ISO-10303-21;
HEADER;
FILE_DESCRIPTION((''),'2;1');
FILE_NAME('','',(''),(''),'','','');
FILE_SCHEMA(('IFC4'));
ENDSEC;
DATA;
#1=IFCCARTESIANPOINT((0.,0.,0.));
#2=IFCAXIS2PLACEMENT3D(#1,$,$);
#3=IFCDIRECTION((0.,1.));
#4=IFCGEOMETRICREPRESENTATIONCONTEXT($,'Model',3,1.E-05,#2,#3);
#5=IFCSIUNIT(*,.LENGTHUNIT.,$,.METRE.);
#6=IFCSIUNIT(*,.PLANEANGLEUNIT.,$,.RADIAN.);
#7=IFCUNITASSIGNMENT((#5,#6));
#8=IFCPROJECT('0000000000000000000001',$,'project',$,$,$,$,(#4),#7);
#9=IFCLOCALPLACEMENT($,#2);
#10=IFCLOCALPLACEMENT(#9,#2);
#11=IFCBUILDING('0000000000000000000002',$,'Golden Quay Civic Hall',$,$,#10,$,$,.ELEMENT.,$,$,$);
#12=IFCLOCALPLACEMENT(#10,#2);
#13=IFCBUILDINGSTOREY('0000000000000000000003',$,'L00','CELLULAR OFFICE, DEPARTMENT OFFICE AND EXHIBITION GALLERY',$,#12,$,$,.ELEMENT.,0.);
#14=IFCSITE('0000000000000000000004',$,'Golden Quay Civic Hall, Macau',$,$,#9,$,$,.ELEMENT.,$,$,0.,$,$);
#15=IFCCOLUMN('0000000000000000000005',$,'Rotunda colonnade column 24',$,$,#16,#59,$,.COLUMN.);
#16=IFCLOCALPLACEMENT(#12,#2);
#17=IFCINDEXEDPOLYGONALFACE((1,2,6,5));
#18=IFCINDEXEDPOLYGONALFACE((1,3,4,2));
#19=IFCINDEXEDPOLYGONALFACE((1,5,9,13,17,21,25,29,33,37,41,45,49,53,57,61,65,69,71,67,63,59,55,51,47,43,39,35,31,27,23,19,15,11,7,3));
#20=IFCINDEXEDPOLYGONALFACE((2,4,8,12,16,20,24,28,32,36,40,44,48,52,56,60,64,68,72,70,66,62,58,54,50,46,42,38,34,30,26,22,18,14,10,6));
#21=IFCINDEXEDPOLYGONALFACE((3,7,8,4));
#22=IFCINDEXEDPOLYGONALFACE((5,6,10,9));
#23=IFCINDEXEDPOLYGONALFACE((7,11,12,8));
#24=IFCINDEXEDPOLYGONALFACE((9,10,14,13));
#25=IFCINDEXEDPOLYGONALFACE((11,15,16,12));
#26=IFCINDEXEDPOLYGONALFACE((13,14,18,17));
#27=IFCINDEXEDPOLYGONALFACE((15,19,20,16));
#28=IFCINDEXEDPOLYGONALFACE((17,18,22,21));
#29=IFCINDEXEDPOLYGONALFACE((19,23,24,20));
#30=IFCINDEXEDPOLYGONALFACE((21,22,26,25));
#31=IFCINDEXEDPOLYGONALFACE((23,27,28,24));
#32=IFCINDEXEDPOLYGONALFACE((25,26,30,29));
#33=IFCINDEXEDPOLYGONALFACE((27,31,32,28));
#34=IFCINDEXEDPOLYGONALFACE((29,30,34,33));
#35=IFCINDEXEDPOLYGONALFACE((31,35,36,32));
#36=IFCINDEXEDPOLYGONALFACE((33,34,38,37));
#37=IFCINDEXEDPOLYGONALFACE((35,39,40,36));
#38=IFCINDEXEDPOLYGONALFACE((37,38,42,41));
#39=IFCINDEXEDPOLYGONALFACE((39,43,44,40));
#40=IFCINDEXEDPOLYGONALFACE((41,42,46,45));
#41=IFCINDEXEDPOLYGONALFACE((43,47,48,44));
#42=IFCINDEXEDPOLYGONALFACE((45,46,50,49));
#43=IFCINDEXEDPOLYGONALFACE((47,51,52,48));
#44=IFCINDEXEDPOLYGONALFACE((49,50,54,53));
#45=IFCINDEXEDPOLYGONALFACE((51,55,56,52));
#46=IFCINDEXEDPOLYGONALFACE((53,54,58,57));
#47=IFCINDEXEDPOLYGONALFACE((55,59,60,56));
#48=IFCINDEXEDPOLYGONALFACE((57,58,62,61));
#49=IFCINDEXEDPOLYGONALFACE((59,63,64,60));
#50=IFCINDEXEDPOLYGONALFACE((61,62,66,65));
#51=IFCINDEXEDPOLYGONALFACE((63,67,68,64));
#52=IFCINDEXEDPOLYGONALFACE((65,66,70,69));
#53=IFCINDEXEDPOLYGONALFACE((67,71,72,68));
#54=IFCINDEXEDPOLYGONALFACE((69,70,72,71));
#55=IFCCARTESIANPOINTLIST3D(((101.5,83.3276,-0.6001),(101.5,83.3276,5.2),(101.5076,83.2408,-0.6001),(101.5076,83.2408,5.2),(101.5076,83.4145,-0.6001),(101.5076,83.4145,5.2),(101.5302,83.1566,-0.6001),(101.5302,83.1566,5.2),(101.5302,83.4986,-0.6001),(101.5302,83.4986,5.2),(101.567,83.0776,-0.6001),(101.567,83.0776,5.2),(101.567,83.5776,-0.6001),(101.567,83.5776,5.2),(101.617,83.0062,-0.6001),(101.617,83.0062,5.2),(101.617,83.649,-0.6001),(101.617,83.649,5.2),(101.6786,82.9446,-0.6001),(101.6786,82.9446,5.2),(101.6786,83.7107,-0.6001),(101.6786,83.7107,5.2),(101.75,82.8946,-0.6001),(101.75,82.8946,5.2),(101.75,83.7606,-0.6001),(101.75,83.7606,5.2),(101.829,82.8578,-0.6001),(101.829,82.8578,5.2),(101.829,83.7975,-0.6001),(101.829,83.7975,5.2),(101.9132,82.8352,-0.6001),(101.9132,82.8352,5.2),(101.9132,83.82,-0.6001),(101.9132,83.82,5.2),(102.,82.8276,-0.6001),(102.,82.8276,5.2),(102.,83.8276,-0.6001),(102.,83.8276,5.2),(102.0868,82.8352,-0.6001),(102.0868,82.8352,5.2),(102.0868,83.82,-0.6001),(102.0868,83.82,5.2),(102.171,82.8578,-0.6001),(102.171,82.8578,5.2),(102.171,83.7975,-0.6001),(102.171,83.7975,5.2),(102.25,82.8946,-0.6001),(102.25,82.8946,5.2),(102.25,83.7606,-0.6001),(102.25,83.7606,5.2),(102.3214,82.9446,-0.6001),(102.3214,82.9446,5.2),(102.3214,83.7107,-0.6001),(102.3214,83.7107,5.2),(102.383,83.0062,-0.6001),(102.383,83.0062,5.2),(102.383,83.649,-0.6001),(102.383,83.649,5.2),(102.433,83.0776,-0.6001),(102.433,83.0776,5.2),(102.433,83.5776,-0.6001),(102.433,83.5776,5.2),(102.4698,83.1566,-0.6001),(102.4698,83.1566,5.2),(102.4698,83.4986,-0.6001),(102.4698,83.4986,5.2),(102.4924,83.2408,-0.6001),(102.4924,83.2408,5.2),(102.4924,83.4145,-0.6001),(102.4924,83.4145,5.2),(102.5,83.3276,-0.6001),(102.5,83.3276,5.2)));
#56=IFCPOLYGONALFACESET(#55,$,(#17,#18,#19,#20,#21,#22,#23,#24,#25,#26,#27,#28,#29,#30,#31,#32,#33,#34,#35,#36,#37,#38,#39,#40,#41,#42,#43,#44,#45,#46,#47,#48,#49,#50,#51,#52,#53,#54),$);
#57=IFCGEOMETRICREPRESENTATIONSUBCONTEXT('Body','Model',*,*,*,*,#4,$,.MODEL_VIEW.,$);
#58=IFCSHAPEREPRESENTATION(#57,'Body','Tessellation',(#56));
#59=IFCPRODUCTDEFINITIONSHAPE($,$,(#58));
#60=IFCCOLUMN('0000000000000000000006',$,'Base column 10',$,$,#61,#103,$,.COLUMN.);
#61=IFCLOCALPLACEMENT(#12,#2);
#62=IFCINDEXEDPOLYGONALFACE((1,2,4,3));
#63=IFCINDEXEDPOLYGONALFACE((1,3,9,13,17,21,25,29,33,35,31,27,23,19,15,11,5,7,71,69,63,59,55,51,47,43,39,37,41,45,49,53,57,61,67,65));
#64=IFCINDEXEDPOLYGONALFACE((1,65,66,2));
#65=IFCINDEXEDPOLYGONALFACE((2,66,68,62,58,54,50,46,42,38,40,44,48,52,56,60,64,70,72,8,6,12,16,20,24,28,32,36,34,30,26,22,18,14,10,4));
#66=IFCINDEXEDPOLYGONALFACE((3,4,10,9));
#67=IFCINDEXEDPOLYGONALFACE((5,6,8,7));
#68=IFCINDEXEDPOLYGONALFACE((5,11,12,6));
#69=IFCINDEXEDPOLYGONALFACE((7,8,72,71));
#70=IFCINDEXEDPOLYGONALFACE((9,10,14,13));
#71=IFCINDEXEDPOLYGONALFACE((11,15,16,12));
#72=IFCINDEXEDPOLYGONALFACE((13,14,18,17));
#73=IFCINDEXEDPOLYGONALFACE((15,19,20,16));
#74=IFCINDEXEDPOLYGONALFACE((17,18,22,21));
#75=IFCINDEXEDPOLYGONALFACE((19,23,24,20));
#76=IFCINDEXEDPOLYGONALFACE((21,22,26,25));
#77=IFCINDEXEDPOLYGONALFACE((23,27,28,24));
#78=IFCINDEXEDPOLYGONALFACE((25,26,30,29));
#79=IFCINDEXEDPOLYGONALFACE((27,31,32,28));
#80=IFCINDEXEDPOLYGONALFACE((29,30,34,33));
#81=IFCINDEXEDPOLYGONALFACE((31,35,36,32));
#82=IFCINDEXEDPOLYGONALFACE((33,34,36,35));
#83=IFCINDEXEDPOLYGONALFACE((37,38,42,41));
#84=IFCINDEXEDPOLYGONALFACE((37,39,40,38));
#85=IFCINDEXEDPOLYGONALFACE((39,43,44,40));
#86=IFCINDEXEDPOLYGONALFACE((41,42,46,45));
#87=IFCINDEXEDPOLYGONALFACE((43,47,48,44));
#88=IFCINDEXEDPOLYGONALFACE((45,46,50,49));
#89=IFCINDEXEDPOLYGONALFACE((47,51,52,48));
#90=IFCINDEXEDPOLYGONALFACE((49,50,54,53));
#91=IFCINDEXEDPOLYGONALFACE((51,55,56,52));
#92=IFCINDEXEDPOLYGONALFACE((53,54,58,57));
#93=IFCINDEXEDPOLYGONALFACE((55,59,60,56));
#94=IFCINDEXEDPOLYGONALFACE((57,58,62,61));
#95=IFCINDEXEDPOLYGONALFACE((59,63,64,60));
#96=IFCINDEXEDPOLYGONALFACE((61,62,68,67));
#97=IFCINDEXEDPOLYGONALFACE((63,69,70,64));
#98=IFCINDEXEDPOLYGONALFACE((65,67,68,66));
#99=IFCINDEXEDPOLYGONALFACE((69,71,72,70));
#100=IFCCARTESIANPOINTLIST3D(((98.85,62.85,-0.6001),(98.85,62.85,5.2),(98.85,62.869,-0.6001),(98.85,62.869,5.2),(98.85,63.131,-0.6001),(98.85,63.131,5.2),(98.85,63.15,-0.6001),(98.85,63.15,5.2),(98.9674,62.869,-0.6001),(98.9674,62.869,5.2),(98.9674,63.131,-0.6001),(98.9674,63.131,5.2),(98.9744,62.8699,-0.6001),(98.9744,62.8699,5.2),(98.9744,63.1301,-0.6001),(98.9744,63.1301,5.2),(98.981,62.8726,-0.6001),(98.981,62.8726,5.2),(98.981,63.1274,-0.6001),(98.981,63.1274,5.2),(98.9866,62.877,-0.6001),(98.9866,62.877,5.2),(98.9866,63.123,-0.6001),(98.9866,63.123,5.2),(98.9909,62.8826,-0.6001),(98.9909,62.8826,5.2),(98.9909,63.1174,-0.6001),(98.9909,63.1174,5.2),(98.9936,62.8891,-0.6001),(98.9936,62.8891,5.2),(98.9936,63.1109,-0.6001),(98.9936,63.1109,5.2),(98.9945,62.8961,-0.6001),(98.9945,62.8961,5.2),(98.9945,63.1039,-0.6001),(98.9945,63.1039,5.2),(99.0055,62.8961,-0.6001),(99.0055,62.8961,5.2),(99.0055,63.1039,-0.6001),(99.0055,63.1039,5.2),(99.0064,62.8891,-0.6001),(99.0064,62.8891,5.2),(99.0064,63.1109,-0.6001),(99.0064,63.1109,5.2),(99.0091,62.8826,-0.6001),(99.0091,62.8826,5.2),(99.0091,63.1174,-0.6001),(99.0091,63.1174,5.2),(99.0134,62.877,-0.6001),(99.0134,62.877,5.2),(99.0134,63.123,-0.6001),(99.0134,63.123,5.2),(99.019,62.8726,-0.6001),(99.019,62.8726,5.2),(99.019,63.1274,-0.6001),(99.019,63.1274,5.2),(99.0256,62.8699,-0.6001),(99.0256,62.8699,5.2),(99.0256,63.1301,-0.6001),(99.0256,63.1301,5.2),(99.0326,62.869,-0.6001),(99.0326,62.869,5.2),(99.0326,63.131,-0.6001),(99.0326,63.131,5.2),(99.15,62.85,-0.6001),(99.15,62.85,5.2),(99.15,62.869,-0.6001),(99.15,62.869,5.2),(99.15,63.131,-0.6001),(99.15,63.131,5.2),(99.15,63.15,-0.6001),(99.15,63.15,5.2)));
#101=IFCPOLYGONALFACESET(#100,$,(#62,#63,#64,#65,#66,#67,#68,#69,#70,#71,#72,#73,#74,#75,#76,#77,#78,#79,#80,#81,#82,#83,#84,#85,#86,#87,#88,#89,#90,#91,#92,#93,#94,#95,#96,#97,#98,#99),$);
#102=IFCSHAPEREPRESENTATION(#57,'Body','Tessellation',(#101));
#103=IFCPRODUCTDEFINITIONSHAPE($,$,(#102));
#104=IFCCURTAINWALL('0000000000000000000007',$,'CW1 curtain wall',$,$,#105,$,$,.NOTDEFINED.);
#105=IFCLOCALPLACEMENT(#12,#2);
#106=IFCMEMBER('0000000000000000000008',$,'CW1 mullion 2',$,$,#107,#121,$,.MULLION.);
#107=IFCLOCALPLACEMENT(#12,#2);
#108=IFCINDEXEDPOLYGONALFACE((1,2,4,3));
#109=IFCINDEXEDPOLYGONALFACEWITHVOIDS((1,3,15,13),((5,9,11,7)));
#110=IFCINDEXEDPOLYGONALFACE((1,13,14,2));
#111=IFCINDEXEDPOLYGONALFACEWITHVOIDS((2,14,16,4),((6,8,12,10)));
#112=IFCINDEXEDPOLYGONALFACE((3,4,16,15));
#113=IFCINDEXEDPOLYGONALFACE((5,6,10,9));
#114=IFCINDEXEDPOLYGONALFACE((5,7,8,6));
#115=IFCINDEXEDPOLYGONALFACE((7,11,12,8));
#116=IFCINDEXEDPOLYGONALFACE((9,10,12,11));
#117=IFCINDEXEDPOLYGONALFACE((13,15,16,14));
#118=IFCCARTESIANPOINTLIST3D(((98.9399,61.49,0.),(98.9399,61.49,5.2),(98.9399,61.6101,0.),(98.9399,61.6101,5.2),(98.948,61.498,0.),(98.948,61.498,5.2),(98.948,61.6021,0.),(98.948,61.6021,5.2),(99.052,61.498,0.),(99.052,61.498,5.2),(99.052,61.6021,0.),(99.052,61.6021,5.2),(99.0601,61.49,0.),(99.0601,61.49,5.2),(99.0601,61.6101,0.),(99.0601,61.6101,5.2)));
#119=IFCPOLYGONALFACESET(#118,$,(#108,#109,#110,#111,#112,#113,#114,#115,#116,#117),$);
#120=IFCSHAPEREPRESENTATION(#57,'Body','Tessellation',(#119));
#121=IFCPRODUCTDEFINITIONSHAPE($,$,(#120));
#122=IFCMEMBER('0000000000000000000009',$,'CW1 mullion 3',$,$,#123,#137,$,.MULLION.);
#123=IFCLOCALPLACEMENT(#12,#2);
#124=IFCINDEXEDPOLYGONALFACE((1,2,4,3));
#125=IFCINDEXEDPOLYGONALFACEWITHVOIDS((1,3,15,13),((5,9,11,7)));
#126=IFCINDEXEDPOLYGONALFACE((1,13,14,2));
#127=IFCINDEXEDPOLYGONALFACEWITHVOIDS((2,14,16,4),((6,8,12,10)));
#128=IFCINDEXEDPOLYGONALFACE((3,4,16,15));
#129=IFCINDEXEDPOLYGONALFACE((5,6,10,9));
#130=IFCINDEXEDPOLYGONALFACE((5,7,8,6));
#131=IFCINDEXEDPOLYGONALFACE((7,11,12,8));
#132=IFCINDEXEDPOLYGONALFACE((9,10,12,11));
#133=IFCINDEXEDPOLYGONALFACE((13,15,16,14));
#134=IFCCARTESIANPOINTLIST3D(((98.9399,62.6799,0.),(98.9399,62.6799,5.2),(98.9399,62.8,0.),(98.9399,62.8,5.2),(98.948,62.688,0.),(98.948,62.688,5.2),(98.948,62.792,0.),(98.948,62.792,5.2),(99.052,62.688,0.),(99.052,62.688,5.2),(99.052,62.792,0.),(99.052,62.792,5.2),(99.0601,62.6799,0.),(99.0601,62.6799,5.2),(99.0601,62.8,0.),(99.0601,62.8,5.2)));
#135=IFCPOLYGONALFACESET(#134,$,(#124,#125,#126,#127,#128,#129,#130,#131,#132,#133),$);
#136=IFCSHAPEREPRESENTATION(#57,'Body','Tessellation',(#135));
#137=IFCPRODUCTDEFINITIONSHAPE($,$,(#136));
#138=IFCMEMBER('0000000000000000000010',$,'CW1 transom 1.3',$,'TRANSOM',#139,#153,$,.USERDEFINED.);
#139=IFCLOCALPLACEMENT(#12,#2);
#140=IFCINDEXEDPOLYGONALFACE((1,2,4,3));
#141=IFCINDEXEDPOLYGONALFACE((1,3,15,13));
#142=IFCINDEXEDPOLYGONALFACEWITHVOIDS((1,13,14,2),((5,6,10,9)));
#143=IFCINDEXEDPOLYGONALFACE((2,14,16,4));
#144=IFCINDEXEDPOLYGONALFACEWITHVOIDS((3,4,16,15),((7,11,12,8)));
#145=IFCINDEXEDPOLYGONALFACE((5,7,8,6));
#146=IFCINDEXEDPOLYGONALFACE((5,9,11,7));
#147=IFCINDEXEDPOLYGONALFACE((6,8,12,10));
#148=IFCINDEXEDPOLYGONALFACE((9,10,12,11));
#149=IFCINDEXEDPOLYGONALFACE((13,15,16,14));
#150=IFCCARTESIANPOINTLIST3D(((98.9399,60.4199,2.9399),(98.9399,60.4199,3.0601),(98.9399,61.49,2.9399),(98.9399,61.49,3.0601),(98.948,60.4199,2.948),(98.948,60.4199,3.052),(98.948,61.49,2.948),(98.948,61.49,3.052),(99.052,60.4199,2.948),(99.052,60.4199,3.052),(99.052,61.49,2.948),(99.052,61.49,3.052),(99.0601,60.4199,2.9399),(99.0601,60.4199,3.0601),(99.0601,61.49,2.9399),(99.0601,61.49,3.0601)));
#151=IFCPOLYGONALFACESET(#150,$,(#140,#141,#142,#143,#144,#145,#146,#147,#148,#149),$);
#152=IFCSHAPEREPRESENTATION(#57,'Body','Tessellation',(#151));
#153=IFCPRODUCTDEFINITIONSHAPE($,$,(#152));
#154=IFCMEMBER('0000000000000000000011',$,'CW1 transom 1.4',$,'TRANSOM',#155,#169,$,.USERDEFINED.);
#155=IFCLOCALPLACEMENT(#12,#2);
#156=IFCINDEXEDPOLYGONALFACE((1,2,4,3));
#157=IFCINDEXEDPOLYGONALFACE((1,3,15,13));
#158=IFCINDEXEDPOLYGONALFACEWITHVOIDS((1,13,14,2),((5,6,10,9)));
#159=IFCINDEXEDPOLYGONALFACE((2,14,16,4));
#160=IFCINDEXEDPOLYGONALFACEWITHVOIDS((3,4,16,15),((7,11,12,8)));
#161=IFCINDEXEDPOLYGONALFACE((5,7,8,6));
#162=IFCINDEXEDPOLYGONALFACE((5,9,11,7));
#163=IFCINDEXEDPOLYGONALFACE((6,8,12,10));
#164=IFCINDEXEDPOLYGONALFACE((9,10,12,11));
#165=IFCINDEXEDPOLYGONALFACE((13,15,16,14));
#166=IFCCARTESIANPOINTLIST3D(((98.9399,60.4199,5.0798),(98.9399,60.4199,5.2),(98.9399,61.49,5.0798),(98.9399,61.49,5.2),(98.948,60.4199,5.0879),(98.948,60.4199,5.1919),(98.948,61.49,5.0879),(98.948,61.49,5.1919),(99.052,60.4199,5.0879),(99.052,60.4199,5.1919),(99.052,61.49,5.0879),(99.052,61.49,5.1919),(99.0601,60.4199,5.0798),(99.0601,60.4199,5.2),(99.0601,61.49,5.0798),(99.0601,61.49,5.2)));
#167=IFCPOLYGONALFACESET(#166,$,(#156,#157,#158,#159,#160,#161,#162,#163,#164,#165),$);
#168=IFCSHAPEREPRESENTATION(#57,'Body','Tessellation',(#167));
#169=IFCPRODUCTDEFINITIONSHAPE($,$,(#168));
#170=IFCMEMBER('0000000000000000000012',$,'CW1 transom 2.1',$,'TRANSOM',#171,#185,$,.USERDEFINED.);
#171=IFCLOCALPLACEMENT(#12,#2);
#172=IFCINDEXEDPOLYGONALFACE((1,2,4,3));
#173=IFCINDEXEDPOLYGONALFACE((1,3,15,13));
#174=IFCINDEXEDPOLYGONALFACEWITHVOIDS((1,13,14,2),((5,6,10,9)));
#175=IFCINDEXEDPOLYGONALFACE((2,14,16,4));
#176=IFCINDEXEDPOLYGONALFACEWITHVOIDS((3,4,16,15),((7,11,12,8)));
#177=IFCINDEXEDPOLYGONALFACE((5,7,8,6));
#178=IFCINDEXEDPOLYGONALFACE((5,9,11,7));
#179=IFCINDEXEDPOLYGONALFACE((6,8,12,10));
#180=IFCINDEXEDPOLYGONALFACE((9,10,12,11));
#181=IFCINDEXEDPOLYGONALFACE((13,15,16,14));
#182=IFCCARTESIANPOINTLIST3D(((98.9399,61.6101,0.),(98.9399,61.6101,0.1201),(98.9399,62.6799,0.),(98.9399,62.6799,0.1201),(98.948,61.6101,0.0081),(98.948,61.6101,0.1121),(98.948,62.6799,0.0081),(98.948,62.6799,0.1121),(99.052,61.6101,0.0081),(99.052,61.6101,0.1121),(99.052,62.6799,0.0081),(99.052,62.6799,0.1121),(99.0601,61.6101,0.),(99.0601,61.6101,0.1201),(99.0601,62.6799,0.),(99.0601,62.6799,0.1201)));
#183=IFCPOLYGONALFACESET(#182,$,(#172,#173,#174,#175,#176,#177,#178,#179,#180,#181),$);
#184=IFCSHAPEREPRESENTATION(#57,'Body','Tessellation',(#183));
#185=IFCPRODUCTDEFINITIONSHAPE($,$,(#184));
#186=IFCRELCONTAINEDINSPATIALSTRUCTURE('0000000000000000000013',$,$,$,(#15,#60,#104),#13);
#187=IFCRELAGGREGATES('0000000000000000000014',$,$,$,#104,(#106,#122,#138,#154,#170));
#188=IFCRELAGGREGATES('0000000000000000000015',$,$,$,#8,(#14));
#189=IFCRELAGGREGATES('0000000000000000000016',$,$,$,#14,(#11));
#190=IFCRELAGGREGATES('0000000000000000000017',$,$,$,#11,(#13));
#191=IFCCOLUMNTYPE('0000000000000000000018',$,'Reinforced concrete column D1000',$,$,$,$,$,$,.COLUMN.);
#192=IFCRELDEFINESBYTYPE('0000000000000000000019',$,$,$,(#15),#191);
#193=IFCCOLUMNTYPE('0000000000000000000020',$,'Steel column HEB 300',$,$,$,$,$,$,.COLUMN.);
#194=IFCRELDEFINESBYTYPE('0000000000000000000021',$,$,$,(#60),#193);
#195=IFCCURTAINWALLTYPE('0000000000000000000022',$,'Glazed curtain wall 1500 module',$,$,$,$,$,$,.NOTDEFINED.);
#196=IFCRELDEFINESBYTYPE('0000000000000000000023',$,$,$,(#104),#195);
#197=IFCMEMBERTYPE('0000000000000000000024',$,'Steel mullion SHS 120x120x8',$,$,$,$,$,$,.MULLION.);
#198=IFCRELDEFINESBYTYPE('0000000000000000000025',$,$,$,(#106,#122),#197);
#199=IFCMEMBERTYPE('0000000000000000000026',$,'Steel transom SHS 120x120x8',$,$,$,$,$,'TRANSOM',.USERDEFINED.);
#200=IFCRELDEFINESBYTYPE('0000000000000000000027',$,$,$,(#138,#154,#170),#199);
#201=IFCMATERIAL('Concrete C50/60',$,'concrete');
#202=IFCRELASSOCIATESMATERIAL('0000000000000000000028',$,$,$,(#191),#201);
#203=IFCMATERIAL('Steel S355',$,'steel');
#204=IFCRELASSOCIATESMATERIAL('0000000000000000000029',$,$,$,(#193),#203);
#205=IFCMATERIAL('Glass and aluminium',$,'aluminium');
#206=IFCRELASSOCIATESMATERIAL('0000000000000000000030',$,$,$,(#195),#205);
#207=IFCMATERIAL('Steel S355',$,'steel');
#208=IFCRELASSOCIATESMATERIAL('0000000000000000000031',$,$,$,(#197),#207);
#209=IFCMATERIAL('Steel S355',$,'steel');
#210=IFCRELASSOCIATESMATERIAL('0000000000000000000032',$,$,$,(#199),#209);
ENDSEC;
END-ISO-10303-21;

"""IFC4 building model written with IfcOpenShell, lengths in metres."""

from ifc_helpers import new_model, si_unit, direction, frame, origin, origin_2d, place, context, subcontext, project, spatial, hollow_rectangle, circle, i_section, extrude, material, material_profile, profile_set, type_object, element, aggregate, save


model = new_model("IFC4")

# Units and contexts
model_context = context("Model", 3, precision=1e-05, world=origin(), true_north=direction((0.0, 1.0)))
body_context = subcontext(model_context, "Body", "Model", "MODEL_VIEW")
ifc_project = project(units=[si_unit("LENGTHUNIT", "METRE"), si_unit("PLANEANGLEUNIT", "RADIAN")], contexts=[model_context])

# Site, building, storey
site_placement = place(None, origin())
site = spatial("IfcSite", under=ifc_project, at=site_placement, Name="Golden Quay Civic Hall, Macau", CompositionType="ELEMENT", RefElevation=0.0)
building_placement = place(site_placement, origin())
building = spatial("IfcBuilding", under=site, at=building_placement, Name="Golden Quay Civic Hall", CompositionType="ELEMENT")
storey_placement = place(building_placement, origin())
storey = spatial("IfcBuildingStorey", under=building, at=storey_placement, Name="L00", Description="CELLULAR OFFICE, DEPARTMENT OFFICE AND EXHIBITION GALLERY", CompositionType="ELEMENT", Elevation=0.0)

# Columns
ifc_material_1 = material(Name="Concrete C50/60", Category="concrete")
ifc_material_profile_1 = material_profile(ifc_material_1, circle(Radius=0.5, at=origin_2d()), Name="RC D1000")
ifc_profile_set_1 = profile_set([ifc_material_profile_1], Name="Concrete C50/60")
column_type_1 = type_object("IfcColumnType", Name="Reinforced concrete column D1000", PredefinedType="COLUMN", material=ifc_profile_set_1)
for number, where, z_axis, x_axis, name in (
    (1, (102.0, 83.3276, -0.6001), (0.0, 0.0, 1.0), (1.0, 0.0, 0.0), "Rotunda colonnade column 24"),
):
    element("IfcColumn", number, at=place(storey_placement, frame(where, z_axis=z_axis, x_axis=x_axis)), inside=storey, type_object=column_type_1, Name=name, PredefinedType="COLUMN", context=body_context, shape_type="SweptSolid", body=[
        extrude(circle(Radius=0.5, at=origin_2d()), origin(), (0.0, 0.0, 1.0), 5.8),
    ])
ifc_material_2 = material(Name="Steel S355", Category="steel")
ifc_material_profile_2 = material_profile(ifc_material_2, i_section(OverallWidth=0.3, OverallDepth=0.3, WebThickness=0.011, FlangeThickness=0.019, FilletRadius=0.0271, at=origin_2d()), Name="HEB 300")
ifc_profile_set_2 = profile_set([ifc_material_profile_2], Name="Steel S355")
column_type_2 = type_object("IfcColumnType", Name="Steel column HEB 300", PredefinedType="COLUMN", material=ifc_profile_set_2)
column_placement = place(storey_placement, frame((99.0, 63.0, -0.6001), z_axis=(0.0, 0.0, 1.0), x_axis=(1.0, 0.0, 0.0)))
element("IfcColumn", 2, at=column_placement, inside=storey, type_object=column_type_2, Name="Base column 10", PredefinedType="COLUMN", context=body_context, shape_type="SweptSolid", body=[
    extrude(i_section(OverallWidth=0.3, OverallDepth=0.3, WebThickness=0.011, FlangeThickness=0.019, FilletRadius=0.0271, at=origin_2d()), origin(), (0.0, 0.0, 1.0), 5.8),
])

# Curtain wall, members
ifc_material_3 = material(Name="Glass and aluminium", Category="aluminium")
curtain_wall_type = type_object("IfcCurtainWallType", Name="Glazed curtain wall 1500 module", PredefinedType="NOTDEFINED", material=ifc_material_3)
curtain_wall_placement = place(storey_placement, origin())
curtain_wall = element("IfcCurtainWall", 3, at=curtain_wall_placement, inside=storey, type_object=curtain_wall_type, Name="CW1 curtain wall", PredefinedType="NOTDEFINED")
ifc_material_4 = material(Name="Steel S355", Category="steel")
ifc_material_profile_3 = material_profile(ifc_material_4, hollow_rectangle(XDim=0.1201, YDim=0.1201, WallThickness=0.0081, at=origin_2d()), Name="SHS 120x120x8")
ifc_profile_set_3 = profile_set([ifc_material_profile_3], Name="Steel S355")
member_type_1 = type_object("IfcMemberType", Name="Steel mullion SHS 120x120x8", PredefinedType="MULLION", material=ifc_profile_set_3)
member_1_placement = place(storey_placement, frame((99.0, 61.55, 0.0), z_axis=(0.0, 0.0, 1.0), x_axis=(-1.0, 0.0, 0.0)))
member_1 = element("IfcMember", 4, at=member_1_placement, type_object=member_type_1, Name="CW1 mullion 2", PredefinedType="MULLION", context=body_context, shape_type="SweptSolid", body=[
    extrude(hollow_rectangle(XDim=0.1201, YDim=0.1201, WallThickness=0.0081, at=origin_2d()), origin(), (0.0, 0.0, 1.0), 5.2),
])
member_2_placement = place(storey_placement, frame((99.0, 62.74, 0.0), z_axis=(0.0, 0.0, 1.0), x_axis=(-1.0, 0.0, 0.0)))
member_2 = element("IfcMember", 5, at=member_2_placement, type_object=member_type_1, Name="CW1 mullion 3", PredefinedType="MULLION", context=body_context, shape_type="SweptSolid", body=[
    extrude(hollow_rectangle(XDim=0.1201, YDim=0.1201, WallThickness=0.0081, at=origin_2d()), origin(), (0.0, 0.0, 1.0), 5.2),
])
ifc_material_5 = material(Name="Steel S355", Category="steel")
ifc_material_profile_4 = material_profile(ifc_material_5, hollow_rectangle(XDim=0.1201, YDim=0.1201, WallThickness=0.0081, at=origin_2d()), Name="SHS 120x120x8")
ifc_profile_set_4 = profile_set([ifc_material_profile_4], Name="Steel S355")
member_type_2 = type_object("IfcMemberType", Name="Steel transom SHS 120x120x8", ElementType="TRANSOM", PredefinedType="USERDEFINED", material=ifc_profile_set_4)
member_3_placement = place(storey_placement, frame((99.0, 60.4199, 3.0), z_axis=(0.0, 1.0, 0.0), x_axis=(-1.0, 0.0, 0.0)))
member_3 = element("IfcMember", 6, at=member_3_placement, type_object=member_type_2, Name="CW1 transom 1.3", ObjectType="TRANSOM", PredefinedType="USERDEFINED", context=body_context, shape_type="SweptSolid", body=[
    extrude(hollow_rectangle(XDim=0.1201, YDim=0.1201, WallThickness=0.0081, at=origin_2d()), origin(), (0.0, 0.0, 1.0), 1.0701),
])
member_4_placement = place(storey_placement, frame((99.0, 60.4199, 5.1399), z_axis=(0.0, 1.0, 0.0), x_axis=(-1.0, 0.0, 0.0)))
member_4 = element("IfcMember", 7, at=member_4_placement, type_object=member_type_2, Name="CW1 transom 1.4", ObjectType="TRANSOM", PredefinedType="USERDEFINED", context=body_context, shape_type="SweptSolid", body=[
    extrude(hollow_rectangle(XDim=0.1201, YDim=0.1201, WallThickness=0.0081, at=origin_2d()), origin(), (0.0, 0.0, 1.0), 1.0701),
])
member_5_placement = place(storey_placement, frame((99.0, 61.6101, 0.0601), z_axis=(0.0, 1.0, 0.0), x_axis=(-1.0, 0.0, 0.0)))
member_5 = element("IfcMember", 8, at=member_5_placement, type_object=member_type_2, Name="CW1 transom 2.1", ObjectType="TRANSOM", PredefinedType="USERDEFINED", context=body_context, shape_type="SweptSolid", body=[
    extrude(hollow_rectangle(XDim=0.1201, YDim=0.1201, WallThickness=0.0081, at=origin_2d()), origin(), (0.0, 0.0, 1.0), 1.0698),
])
aggregate(curtain_wall, [member_1, member_2, member_3, member_4, member_5])

save(model, "model.ifc")
